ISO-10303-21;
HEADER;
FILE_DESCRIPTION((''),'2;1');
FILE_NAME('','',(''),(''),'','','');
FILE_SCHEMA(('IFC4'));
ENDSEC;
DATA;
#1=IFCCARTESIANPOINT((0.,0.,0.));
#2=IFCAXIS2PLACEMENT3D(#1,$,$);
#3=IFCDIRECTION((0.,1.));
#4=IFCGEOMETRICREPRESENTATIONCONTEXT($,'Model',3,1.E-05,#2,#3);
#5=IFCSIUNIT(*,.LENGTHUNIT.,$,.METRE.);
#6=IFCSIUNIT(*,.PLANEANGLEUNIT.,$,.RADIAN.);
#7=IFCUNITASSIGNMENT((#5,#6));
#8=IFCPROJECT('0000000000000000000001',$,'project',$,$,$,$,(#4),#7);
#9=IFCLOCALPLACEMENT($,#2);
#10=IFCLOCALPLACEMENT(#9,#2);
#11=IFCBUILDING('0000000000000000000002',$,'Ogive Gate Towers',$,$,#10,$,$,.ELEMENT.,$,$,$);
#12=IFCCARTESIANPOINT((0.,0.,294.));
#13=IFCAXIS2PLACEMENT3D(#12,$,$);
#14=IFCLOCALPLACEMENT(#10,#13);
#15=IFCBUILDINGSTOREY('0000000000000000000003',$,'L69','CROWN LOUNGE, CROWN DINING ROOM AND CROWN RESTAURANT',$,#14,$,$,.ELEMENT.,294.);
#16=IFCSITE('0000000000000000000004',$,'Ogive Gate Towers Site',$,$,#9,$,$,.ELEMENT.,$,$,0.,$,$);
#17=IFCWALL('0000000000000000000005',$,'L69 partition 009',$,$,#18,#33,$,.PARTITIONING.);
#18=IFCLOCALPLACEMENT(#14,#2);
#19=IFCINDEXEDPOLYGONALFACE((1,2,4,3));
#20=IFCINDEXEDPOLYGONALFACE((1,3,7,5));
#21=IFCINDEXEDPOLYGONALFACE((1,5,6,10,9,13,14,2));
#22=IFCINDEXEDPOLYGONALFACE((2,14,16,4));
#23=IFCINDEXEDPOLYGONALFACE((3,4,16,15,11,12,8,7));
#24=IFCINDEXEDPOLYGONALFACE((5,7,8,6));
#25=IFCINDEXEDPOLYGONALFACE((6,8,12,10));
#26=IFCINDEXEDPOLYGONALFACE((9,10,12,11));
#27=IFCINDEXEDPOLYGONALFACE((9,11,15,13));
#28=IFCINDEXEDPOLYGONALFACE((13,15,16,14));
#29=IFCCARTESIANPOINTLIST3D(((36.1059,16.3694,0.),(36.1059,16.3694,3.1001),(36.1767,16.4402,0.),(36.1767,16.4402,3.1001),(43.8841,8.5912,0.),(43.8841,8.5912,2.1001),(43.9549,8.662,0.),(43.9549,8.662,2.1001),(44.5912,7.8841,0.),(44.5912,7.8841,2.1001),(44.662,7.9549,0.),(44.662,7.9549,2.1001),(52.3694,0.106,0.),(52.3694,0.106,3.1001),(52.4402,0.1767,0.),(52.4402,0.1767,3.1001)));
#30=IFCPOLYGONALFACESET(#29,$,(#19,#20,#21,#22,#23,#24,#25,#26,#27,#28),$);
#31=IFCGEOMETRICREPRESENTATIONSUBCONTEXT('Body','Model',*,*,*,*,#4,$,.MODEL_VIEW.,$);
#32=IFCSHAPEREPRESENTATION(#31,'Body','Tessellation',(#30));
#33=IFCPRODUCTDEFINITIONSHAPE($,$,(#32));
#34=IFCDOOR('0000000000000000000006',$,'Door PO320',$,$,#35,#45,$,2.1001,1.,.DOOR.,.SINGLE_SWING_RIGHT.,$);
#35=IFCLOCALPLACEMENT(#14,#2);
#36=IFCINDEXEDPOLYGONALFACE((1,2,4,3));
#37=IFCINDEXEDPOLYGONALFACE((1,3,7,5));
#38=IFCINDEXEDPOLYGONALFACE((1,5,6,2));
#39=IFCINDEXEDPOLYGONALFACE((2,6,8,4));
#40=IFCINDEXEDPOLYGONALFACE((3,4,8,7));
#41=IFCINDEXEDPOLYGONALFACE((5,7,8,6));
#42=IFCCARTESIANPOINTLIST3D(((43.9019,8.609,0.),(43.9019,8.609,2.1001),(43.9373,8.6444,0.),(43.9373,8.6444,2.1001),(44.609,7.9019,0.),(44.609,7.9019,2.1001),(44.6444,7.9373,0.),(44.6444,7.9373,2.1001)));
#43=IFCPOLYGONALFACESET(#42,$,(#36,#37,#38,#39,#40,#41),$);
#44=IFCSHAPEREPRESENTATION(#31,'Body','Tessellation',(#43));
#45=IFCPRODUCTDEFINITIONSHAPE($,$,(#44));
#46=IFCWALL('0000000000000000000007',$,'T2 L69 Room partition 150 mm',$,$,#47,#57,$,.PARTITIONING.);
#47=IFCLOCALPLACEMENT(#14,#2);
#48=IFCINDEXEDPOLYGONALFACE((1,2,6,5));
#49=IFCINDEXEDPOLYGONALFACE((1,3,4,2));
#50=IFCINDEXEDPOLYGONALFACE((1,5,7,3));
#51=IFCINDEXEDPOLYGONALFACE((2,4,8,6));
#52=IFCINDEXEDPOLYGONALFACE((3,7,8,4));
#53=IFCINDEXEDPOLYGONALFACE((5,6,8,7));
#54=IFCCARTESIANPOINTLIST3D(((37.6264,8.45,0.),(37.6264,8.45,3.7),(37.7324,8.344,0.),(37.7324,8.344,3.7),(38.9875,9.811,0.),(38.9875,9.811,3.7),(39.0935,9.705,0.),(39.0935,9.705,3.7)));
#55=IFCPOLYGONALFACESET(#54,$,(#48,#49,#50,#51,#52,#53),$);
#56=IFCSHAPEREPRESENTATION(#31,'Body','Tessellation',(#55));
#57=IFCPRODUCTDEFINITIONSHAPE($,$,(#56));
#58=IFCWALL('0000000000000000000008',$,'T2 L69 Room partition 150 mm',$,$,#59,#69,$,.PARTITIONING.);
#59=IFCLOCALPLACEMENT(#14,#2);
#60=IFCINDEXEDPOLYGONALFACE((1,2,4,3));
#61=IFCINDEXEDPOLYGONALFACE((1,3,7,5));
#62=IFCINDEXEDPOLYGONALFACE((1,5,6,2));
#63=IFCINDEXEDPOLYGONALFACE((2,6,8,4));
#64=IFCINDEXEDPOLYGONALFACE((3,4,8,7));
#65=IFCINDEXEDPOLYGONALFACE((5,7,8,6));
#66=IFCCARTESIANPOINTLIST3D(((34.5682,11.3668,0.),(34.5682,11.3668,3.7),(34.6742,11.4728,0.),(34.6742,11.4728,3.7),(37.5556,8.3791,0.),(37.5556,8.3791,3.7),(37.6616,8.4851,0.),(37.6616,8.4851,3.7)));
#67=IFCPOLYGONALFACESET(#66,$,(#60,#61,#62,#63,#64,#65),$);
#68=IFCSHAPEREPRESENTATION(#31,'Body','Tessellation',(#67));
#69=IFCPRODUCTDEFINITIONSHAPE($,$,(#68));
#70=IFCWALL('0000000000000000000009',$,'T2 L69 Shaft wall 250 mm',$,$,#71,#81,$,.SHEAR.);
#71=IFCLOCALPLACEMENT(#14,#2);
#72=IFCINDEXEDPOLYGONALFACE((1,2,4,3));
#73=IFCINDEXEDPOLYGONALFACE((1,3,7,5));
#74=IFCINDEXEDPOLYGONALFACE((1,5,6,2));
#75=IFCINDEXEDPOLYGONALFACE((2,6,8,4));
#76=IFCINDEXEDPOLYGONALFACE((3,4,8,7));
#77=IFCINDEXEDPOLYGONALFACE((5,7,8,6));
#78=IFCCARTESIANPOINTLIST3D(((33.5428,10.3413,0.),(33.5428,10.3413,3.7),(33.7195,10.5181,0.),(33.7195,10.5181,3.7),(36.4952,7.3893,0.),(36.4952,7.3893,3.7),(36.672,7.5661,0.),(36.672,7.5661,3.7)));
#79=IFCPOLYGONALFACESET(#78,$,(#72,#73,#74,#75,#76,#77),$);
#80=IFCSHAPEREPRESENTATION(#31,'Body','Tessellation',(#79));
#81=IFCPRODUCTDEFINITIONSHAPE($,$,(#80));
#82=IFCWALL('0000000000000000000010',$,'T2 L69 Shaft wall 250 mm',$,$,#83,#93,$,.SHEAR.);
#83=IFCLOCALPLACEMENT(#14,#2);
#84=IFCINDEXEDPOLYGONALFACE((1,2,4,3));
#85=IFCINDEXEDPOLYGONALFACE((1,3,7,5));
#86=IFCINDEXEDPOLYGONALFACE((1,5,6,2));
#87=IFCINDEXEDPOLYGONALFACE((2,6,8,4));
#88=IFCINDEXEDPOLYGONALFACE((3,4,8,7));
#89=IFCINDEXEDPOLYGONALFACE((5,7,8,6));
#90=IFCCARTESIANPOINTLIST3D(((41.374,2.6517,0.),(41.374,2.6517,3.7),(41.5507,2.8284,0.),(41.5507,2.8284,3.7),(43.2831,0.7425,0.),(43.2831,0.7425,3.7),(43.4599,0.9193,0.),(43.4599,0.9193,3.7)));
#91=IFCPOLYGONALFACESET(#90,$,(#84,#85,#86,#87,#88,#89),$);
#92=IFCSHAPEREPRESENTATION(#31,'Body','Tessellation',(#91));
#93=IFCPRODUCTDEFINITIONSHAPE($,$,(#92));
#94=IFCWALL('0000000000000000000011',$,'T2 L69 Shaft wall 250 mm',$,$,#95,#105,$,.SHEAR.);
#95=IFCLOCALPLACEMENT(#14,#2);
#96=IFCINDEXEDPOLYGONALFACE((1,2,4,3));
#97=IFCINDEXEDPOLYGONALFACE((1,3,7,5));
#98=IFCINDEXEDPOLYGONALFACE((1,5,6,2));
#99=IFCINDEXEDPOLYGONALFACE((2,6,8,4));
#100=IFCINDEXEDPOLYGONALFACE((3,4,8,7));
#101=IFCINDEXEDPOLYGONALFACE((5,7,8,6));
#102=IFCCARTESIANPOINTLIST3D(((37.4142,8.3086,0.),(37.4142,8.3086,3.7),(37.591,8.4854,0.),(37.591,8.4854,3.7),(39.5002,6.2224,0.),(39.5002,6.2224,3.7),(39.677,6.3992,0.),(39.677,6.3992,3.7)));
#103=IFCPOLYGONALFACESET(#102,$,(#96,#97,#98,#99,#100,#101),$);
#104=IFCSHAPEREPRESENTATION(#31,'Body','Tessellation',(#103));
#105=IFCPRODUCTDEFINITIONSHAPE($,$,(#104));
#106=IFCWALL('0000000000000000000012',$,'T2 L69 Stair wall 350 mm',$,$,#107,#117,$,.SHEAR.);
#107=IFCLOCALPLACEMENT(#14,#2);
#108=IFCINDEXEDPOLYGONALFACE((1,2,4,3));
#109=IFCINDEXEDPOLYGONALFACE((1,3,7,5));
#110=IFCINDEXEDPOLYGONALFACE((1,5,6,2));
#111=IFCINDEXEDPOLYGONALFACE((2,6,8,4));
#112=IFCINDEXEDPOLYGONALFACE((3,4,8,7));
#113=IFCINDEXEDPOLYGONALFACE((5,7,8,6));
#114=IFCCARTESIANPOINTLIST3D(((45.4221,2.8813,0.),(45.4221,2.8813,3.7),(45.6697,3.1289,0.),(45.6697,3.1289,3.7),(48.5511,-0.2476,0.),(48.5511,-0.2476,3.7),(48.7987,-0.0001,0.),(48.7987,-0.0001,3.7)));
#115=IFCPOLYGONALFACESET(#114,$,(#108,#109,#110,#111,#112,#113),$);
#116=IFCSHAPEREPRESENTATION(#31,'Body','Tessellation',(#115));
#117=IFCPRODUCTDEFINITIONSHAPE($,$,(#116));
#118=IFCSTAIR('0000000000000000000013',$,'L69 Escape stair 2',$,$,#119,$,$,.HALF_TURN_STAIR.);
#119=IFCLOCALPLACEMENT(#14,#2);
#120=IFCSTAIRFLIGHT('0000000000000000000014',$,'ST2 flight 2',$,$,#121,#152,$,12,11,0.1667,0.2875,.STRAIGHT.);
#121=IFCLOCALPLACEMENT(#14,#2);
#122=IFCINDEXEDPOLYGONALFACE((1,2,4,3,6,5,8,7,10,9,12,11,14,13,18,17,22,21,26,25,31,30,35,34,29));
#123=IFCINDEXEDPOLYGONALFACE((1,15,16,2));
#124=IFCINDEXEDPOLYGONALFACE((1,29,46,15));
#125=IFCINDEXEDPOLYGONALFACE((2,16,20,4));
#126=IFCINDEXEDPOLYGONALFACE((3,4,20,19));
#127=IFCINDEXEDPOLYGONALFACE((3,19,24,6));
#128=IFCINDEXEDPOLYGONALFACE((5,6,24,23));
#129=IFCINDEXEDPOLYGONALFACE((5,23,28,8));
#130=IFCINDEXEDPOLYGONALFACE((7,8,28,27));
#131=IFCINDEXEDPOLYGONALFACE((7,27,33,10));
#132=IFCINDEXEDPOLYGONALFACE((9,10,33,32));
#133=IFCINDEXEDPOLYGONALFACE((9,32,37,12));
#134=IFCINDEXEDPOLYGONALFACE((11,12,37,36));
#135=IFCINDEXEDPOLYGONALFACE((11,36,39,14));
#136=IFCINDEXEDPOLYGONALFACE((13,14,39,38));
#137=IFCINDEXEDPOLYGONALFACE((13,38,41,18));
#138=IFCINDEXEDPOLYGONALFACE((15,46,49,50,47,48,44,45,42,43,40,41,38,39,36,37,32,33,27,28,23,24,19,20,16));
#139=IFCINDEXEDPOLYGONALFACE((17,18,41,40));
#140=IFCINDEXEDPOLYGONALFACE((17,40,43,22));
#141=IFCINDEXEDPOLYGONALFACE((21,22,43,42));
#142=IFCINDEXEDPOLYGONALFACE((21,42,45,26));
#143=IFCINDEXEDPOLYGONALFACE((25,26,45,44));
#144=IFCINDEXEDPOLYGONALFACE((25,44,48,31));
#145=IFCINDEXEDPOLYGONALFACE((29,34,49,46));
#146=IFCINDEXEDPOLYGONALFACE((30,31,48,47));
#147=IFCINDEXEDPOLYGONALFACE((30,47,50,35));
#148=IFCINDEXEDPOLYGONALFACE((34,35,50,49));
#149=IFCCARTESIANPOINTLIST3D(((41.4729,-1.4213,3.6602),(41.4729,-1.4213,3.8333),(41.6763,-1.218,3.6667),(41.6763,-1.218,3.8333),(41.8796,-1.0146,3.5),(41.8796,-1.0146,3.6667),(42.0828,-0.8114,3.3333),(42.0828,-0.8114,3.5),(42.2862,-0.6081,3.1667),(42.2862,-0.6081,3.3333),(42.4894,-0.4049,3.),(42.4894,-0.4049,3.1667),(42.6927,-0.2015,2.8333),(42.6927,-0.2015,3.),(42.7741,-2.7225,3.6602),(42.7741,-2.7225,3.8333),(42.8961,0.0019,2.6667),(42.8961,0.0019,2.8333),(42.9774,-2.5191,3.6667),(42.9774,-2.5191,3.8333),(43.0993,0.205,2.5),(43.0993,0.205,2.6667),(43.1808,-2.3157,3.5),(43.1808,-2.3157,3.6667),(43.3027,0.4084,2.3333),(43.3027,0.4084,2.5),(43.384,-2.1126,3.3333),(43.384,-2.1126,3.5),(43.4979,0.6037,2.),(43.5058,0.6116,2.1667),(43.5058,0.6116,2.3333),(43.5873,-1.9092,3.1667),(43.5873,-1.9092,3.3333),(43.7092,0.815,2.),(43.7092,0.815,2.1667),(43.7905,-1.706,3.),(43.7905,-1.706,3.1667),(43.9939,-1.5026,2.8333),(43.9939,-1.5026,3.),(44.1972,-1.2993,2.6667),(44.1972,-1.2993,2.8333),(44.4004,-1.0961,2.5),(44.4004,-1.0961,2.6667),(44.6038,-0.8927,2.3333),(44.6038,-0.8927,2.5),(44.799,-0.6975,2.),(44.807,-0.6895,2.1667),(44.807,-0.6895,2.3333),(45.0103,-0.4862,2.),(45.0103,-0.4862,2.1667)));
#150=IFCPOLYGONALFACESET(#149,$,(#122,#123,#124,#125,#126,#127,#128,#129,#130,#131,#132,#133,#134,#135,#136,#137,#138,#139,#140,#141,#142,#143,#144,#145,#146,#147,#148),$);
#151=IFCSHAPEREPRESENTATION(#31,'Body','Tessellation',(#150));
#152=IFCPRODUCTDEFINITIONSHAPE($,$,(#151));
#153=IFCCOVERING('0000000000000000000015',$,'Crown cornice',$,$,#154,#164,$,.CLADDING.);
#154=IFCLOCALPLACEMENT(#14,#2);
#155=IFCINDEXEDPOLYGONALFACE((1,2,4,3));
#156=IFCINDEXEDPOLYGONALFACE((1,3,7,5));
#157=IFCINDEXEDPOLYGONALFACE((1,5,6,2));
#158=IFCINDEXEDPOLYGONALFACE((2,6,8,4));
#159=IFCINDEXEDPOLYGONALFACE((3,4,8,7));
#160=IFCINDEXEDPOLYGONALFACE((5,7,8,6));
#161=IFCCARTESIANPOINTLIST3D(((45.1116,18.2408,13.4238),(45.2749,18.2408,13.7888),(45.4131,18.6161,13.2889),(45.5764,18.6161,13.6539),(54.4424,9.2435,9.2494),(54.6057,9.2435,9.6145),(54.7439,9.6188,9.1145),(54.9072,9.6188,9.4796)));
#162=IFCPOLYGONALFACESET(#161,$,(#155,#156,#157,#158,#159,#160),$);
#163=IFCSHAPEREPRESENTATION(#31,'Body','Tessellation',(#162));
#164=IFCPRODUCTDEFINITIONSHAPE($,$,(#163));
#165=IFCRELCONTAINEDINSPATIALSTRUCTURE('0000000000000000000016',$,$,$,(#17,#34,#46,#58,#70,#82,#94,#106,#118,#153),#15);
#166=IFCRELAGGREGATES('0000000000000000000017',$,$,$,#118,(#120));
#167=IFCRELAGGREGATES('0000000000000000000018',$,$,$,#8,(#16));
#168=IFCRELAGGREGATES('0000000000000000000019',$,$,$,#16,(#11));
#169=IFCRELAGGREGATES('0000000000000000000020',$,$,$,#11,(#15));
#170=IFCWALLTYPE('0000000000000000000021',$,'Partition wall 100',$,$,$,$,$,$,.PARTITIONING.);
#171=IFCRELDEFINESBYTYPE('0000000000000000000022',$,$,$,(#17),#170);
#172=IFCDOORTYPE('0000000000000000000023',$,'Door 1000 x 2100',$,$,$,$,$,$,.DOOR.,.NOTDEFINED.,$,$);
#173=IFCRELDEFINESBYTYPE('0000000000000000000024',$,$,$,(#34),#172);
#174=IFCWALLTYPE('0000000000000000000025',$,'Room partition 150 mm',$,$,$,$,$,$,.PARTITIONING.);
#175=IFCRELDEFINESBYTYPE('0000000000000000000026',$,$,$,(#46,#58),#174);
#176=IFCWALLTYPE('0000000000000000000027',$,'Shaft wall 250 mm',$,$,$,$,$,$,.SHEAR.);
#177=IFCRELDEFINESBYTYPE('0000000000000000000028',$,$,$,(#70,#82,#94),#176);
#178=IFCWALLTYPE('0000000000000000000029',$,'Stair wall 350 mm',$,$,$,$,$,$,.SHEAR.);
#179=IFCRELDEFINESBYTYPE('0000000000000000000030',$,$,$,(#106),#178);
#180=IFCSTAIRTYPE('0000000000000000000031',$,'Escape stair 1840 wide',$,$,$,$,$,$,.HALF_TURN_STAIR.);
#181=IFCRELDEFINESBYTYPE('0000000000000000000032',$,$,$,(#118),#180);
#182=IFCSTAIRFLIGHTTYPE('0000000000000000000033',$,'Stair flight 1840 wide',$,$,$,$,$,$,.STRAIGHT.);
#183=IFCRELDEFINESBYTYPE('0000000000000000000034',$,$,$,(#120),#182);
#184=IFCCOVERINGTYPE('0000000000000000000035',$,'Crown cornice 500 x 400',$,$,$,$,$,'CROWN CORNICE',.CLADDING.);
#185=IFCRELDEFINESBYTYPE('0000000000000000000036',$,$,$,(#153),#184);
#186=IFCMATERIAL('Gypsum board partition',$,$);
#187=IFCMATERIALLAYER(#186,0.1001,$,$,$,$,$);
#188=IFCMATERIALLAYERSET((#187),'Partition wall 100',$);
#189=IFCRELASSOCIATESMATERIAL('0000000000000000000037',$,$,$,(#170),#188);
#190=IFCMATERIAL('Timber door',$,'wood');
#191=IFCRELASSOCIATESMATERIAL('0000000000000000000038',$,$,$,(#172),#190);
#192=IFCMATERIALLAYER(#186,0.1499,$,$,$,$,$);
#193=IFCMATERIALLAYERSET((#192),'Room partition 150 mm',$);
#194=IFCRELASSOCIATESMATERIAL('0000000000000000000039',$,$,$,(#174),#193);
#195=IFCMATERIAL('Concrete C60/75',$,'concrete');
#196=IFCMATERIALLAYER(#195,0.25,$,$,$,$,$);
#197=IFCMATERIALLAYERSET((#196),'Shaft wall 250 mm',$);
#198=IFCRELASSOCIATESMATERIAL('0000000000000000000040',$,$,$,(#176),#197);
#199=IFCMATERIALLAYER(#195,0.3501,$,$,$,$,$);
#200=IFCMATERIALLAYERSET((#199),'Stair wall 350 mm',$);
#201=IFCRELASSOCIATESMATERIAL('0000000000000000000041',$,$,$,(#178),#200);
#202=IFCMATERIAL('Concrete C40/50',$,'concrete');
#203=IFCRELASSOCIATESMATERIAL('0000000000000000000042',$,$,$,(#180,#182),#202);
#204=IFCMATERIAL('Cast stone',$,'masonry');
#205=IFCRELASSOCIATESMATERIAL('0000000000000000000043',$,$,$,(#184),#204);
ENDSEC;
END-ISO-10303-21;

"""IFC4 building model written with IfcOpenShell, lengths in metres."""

from ifc_helpers import new_model, si_unit, direction, frame, frame_2d, origin, origin_2d, place, context, subcontext, project, spatial, polyline, rectangle, outline, extrude, material, layer, layer_set, material_profile, profile_set, type_object, element, fill, aggregate, save


model = new_model("IFC4")

# Units and contexts
model_context = context("Model", 3, precision=1e-05, world=origin(), true_north=direction((0.0, 1.0)))
body_context = subcontext(model_context, "Body", "Model", "MODEL_VIEW")
ifc_project = project(units=[si_unit("LENGTHUNIT", "METRE"), si_unit("PLANEANGLEUNIT", "RADIAN")], contexts=[model_context])

# Site, building, storey
site_placement = place(None, origin())
site = spatial("IfcSite", under=ifc_project, at=site_placement, Name="Ogive Gate Towers Site", CompositionType="ELEMENT", RefElevation=0.0)
building_placement = place(site_placement, origin())
building = spatial("IfcBuilding", under=site, at=building_placement, Name="Ogive Gate Towers", CompositionType="ELEMENT")
storey_placement = place(building_placement, frame((0.0, 0.0, 294.0)))
storey = spatial("IfcBuildingStorey", under=building, at=storey_placement, Name="L69", Description="CROWN LOUNGE, CROWN DINING ROOM AND CROWN RESTAURANT", CompositionType="ELEMENT", Elevation=294.0)

# Wall, opening, door
ifc_material_1 = material(Name="Concrete C60/75", Category="concrete")
ifc_material_2 = material(Name="Gypsum board partition")
ifc_layer_1 = layer(ifc_material_2, 0.1001)
ifc_layer_set_1 = layer_set([ifc_layer_1], Name="Partition wall 100")
wall_type_1 = type_object("IfcWallType", Name="Partition wall 100", PredefinedType="PARTITIONING", material=ifc_layer_set_1)
wall_1_placement = place(storey_placement, frame((52.4048, 0.1414, 0.0), z_axis=(0.0, 0.0, 1.0), x_axis=(-0.707107, 0.707107, 0.0)))
wall_1 = element("IfcWall", 1, at=wall_1_placement, inside=storey, type_object=wall_type_1, Name="L69 partition 009", PredefinedType="PARTITIONING", context=body_context, shape_type="SweptSolid", body=[
    extrude(rectangle(XDim=23.0, YDim=0.1001, at=frame_2d((11.5, 0.0))), origin(), (0.0, 0.0, 1.0), 3.1001),
])
opening_1_placement = place(wall_1_placement, frame((11.0, 0.0, 0.0)))
opening_1 = element("IfcOpeningElement", 2, at=opening_1_placement, cuts=wall_1, PredefinedType="OPENING", context=body_context, shape_type="SweptSolid", body=[
    extrude(rectangle(XDim=1.0, YDim=2.1001, at=frame_2d((0.5, 1.05))), frame((0.0, 0.0601, 0.0), z_axis=(0.0, -1.0, 0.0), x_axis=(1.0, 0.0, 0.0)), (0.0, 0.0, 1.0), 0.1201),
])
ifc_material_3 = material(Name="Timber door", Category="wood")
door_type_1 = type_object("IfcDoorType", Name="Door 1000 x 2100", OperationType="NOTDEFINED", PredefinedType="DOOR", material=ifc_material_3)
door_1_placement = place(opening_1_placement, origin())
door_1 = element("IfcDoor", 3, at=door_1_placement, inside=storey, type_object=door_type_1, Name="Door PO320", OperationType="SINGLE_SWING_RIGHT", OverallHeight=2.1001, OverallWidth=1.0, PredefinedType="DOOR", context=body_context, shape_type="SweptSolid", body=[
    extrude(rectangle(XDim=1.0, YDim=2.1001, at=frame_2d((0.5, 1.05))), frame((0.0, 0.0249, 0.0), z_axis=(0.0, -1.0, 0.0), x_axis=(1.0, 0.0, 0.0)), (0.0, 0.0, 1.0), 0.05),
])
fill(opening_1, door_1)

# Walls
ifc_layer_2 = layer(ifc_material_2, 0.1499)
ifc_layer_set_2 = layer_set([ifc_layer_2], Name="Room partition 150 mm")
wall_type_2 = type_object("IfcWallType", Name="Room partition 150 mm", PredefinedType="PARTITIONING", material=ifc_layer_set_2)
wall_2_placement = place(storey_placement, frame((37.6794, 8.397, 0.0), z_axis=(0.0, 0.0, 1.0), x_axis=(0.707107, 0.707107, 0.0)))
element("IfcWall", 4, at=wall_2_placement, inside=storey, type_object=wall_type_2, Name="T2 L69 Room partition 150 mm", PredefinedType="PARTITIONING", context=body_context, shape_type="SweptSolid", body=[
    extrude(rectangle(XDim=1.9248, YDim=0.1499, at=frame_2d((0.9624, 0.0))), origin(), (0.0, 0.0, 1.0), 3.7),
])
wall_3_placement = place(storey_placement, frame((37.6086, 8.4321, 0.0), z_axis=(0.0, 0.0, 1.0), x_axis=(-0.707078, 0.707136, 0.0)))
element("IfcWall", 5, at=wall_3_placement, inside=storey, type_object=wall_type_2, Name="T2 L69 Room partition 150 mm", PredefinedType="PARTITIONING", context=body_context, shape_type="SweptSolid", body=[
    extrude(rectangle(XDim=4.2251, YDim=0.1499, at=frame_2d((2.1125, 0.0))), origin(), (0.0, 0.0, 1.0), 3.7),
])
ifc_layer_3 = layer(ifc_material_1, 0.25)
ifc_layer_set_3 = layer_set([ifc_layer_3], Name="Shaft wall 250 mm")
wall_type_3 = type_object("IfcWallType", Name="Shaft wall 250 mm", PredefinedType="SHEAR", material=ifc_layer_set_3)
wall_4_placement = place(storey_placement, frame((36.5835, 7.4778, 0.0), z_axis=(0.0, 0.0, 1.0), x_axis=(-0.707165, 0.707048, 0.0)))
element("IfcWall", 6, at=wall_4_placement, inside=storey, type_object=wall_type_3, Name="T2 L69 Shaft wall 250 mm", PredefinedType="SHEAR", context=body_context, shape_type="SweptSolid", body=[
    extrude(rectangle(XDim=4.175, YDim=0.25, at=frame_2d((2.0874, 0.0))), origin(), (0.0, 0.0, 1.0), 3.7),
])
wall_5_placement = place(storey_placement, frame((43.3716, 0.8308, 0.0), z_axis=(0.0, 0.0, 1.0), x_axis=(-0.707107, 0.707107, 0.0)))
element("IfcWall", 7, at=wall_5_placement, inside=storey, type_object=wall_type_3, Name="T2 L69 Shaft wall 250 mm", PredefinedType="SHEAR", context=body_context, shape_type="SweptSolid", body=[
    extrude(rectangle(XDim=2.7, YDim=0.25, at=frame_2d((1.3501, 0.0))), origin(), (0.0, 0.0, 1.0), 3.7),
])
wall_6_placement = place(storey_placement, frame((39.5886, 6.3108, 0.0), z_axis=(0.0, 0.0, 1.0), x_axis=(-0.707065, 0.707148, 0.0)))
element("IfcWall", 8, at=wall_6_placement, inside=storey, type_object=wall_type_3, Name="T2 L69 Shaft wall 250 mm", PredefinedType="SHEAR", context=body_context, shape_type="SweptSolid", body=[
    extrude(rectangle(XDim=2.9502, YDim=0.25, at=frame_2d((1.4751, 0.0))), origin(), (0.0, 0.0, 1.0), 3.7),
])
ifc_layer_4 = layer(ifc_material_1, 0.3501)
ifc_layer_set_4 = layer_set([ifc_layer_4], Name="Stair wall 350 mm")
wall_type_4 = type_object("IfcWallType", Name="Stair wall 350 mm", PredefinedType="SHEAR", material=ifc_layer_set_4)
wall_7_placement = place(storey_placement, frame((48.6748, -0.1238, 0.0), z_axis=(0.0, 0.0, 1.0), x_axis=(-0.707107, 0.707107, 0.0)))
element("IfcWall", 9, at=wall_7_placement, inside=storey, type_object=wall_type_4, Name="T2 L69 Stair wall 350 mm", PredefinedType="SHEAR", context=body_context, shape_type="SweptSolid", body=[
    extrude(rectangle(XDim=4.425, YDim=0.3501, at=frame_2d((2.2124, 0.0))), origin(), (0.0, 0.0, 1.0), 3.7),
])

# Stair, stair flight
ifc_material_4 = material(Name="Concrete C40/50", Category="concrete")
stair_type = type_object("IfcStairType", Name="Escape stair 1840 wide", PredefinedType="HALF_TURN_STAIR", material=ifc_material_4)
stair_placement = place(storey_placement, origin())
stair = element("IfcStair", 10, at=stair_placement, inside=storey, type_object=stair_type, Name="L69 Escape stair 2", PredefinedType="HALF_TURN_STAIR")
stair_flight_type = type_object("IfcStairFlightType", Name="Stair flight 1840 wide", PredefinedType="STRAIGHT", material=ifc_material_4)
stair_flight_placement = place(storey_placement, frame((44.3599, 0.1643, 2.0), z_axis=(0.0, 0.0, 1.0), x_axis=(-0.707107, -0.707107, 0.0)))
stair_flight = element("IfcStairFlight", 11, at=stair_flight_placement, type_object=stair_flight_type, Name="ST2 flight 2", NumberOfRisers=12, NumberOfTreads=11, PredefinedType="STRAIGHT", RiserHeight=0.1667, TreadLength=0.2875, context=body_context, shape_type="SweptSolid", body=[
    extrude(outline(polyline([(0.0, 0.0), (0.0, 0.1667), (0.2876, 0.1667), (0.2876, 0.3333), (0.575, 0.3333), (0.575, 0.5), (0.8625, 0.5), (0.8625, 0.6667), (1.1499, 0.6667), (1.1499, 0.8333), (1.4375, 0.8333), (1.4375, 1.0), (1.7251, 1.0), (1.7251, 1.1667), (2.0125, 1.1667), (2.0125, 1.3333), (2.3, 1.3333), (2.3, 1.5), (2.5874, 1.5), (2.5874, 1.6667), (2.875, 1.6667), (2.875, 1.8333), (3.1626, 1.8333), (3.1626, 2.0), (3.1626, 1.6602), (0.2988, 0.0), (0.0, 0.0)])), frame((0.0, 0.9199, 0.0), z_axis=(0.0, -1.0, 0.0), x_axis=(1.0, 0.0, 0.0)), (0.0, 0.0, 1.0), 1.8401),
])
aggregate(stair, [stair_flight])

# Covering
ifc_material_5 = material(Name="Cast stone", Category="masonry")
ifc_material_profile_1 = material_profile(ifc_material_5, rectangle(XDim=0.5, YDim=0.3999, at=origin_2d()), Name="500 x 400 cast stone")
ifc_profile_set_1 = profile_set([ifc_material_profile_1], Name="Cast stone")
covering_type = type_object("IfcCoveringType", Name="Crown cornice 500 x 400", ElementType="CROWN CORNICE", PredefinedType="CLADDING", material=ifc_profile_set_1)
covering_placement = place(storey_placement, frame((54.6748, 9.4312, 9.3645), z_axis=(-0.685199, 0.660709, 0.306537), x_axis=(0.603105, 0.750642, -0.269817)))
element("IfcCovering", 12, at=covering_placement, inside=storey, type_object=covering_type, Name="Crown cornice", PredefinedType="CLADDING", context=body_context, shape_type="SweptSolid", body=[
    extrude(rectangle(XDim=0.5, YDim=0.3999, at=origin_2d()), origin(), (0.0, 0.0, 1.0), 13.6177),
])

save(model, "model.ifc")
